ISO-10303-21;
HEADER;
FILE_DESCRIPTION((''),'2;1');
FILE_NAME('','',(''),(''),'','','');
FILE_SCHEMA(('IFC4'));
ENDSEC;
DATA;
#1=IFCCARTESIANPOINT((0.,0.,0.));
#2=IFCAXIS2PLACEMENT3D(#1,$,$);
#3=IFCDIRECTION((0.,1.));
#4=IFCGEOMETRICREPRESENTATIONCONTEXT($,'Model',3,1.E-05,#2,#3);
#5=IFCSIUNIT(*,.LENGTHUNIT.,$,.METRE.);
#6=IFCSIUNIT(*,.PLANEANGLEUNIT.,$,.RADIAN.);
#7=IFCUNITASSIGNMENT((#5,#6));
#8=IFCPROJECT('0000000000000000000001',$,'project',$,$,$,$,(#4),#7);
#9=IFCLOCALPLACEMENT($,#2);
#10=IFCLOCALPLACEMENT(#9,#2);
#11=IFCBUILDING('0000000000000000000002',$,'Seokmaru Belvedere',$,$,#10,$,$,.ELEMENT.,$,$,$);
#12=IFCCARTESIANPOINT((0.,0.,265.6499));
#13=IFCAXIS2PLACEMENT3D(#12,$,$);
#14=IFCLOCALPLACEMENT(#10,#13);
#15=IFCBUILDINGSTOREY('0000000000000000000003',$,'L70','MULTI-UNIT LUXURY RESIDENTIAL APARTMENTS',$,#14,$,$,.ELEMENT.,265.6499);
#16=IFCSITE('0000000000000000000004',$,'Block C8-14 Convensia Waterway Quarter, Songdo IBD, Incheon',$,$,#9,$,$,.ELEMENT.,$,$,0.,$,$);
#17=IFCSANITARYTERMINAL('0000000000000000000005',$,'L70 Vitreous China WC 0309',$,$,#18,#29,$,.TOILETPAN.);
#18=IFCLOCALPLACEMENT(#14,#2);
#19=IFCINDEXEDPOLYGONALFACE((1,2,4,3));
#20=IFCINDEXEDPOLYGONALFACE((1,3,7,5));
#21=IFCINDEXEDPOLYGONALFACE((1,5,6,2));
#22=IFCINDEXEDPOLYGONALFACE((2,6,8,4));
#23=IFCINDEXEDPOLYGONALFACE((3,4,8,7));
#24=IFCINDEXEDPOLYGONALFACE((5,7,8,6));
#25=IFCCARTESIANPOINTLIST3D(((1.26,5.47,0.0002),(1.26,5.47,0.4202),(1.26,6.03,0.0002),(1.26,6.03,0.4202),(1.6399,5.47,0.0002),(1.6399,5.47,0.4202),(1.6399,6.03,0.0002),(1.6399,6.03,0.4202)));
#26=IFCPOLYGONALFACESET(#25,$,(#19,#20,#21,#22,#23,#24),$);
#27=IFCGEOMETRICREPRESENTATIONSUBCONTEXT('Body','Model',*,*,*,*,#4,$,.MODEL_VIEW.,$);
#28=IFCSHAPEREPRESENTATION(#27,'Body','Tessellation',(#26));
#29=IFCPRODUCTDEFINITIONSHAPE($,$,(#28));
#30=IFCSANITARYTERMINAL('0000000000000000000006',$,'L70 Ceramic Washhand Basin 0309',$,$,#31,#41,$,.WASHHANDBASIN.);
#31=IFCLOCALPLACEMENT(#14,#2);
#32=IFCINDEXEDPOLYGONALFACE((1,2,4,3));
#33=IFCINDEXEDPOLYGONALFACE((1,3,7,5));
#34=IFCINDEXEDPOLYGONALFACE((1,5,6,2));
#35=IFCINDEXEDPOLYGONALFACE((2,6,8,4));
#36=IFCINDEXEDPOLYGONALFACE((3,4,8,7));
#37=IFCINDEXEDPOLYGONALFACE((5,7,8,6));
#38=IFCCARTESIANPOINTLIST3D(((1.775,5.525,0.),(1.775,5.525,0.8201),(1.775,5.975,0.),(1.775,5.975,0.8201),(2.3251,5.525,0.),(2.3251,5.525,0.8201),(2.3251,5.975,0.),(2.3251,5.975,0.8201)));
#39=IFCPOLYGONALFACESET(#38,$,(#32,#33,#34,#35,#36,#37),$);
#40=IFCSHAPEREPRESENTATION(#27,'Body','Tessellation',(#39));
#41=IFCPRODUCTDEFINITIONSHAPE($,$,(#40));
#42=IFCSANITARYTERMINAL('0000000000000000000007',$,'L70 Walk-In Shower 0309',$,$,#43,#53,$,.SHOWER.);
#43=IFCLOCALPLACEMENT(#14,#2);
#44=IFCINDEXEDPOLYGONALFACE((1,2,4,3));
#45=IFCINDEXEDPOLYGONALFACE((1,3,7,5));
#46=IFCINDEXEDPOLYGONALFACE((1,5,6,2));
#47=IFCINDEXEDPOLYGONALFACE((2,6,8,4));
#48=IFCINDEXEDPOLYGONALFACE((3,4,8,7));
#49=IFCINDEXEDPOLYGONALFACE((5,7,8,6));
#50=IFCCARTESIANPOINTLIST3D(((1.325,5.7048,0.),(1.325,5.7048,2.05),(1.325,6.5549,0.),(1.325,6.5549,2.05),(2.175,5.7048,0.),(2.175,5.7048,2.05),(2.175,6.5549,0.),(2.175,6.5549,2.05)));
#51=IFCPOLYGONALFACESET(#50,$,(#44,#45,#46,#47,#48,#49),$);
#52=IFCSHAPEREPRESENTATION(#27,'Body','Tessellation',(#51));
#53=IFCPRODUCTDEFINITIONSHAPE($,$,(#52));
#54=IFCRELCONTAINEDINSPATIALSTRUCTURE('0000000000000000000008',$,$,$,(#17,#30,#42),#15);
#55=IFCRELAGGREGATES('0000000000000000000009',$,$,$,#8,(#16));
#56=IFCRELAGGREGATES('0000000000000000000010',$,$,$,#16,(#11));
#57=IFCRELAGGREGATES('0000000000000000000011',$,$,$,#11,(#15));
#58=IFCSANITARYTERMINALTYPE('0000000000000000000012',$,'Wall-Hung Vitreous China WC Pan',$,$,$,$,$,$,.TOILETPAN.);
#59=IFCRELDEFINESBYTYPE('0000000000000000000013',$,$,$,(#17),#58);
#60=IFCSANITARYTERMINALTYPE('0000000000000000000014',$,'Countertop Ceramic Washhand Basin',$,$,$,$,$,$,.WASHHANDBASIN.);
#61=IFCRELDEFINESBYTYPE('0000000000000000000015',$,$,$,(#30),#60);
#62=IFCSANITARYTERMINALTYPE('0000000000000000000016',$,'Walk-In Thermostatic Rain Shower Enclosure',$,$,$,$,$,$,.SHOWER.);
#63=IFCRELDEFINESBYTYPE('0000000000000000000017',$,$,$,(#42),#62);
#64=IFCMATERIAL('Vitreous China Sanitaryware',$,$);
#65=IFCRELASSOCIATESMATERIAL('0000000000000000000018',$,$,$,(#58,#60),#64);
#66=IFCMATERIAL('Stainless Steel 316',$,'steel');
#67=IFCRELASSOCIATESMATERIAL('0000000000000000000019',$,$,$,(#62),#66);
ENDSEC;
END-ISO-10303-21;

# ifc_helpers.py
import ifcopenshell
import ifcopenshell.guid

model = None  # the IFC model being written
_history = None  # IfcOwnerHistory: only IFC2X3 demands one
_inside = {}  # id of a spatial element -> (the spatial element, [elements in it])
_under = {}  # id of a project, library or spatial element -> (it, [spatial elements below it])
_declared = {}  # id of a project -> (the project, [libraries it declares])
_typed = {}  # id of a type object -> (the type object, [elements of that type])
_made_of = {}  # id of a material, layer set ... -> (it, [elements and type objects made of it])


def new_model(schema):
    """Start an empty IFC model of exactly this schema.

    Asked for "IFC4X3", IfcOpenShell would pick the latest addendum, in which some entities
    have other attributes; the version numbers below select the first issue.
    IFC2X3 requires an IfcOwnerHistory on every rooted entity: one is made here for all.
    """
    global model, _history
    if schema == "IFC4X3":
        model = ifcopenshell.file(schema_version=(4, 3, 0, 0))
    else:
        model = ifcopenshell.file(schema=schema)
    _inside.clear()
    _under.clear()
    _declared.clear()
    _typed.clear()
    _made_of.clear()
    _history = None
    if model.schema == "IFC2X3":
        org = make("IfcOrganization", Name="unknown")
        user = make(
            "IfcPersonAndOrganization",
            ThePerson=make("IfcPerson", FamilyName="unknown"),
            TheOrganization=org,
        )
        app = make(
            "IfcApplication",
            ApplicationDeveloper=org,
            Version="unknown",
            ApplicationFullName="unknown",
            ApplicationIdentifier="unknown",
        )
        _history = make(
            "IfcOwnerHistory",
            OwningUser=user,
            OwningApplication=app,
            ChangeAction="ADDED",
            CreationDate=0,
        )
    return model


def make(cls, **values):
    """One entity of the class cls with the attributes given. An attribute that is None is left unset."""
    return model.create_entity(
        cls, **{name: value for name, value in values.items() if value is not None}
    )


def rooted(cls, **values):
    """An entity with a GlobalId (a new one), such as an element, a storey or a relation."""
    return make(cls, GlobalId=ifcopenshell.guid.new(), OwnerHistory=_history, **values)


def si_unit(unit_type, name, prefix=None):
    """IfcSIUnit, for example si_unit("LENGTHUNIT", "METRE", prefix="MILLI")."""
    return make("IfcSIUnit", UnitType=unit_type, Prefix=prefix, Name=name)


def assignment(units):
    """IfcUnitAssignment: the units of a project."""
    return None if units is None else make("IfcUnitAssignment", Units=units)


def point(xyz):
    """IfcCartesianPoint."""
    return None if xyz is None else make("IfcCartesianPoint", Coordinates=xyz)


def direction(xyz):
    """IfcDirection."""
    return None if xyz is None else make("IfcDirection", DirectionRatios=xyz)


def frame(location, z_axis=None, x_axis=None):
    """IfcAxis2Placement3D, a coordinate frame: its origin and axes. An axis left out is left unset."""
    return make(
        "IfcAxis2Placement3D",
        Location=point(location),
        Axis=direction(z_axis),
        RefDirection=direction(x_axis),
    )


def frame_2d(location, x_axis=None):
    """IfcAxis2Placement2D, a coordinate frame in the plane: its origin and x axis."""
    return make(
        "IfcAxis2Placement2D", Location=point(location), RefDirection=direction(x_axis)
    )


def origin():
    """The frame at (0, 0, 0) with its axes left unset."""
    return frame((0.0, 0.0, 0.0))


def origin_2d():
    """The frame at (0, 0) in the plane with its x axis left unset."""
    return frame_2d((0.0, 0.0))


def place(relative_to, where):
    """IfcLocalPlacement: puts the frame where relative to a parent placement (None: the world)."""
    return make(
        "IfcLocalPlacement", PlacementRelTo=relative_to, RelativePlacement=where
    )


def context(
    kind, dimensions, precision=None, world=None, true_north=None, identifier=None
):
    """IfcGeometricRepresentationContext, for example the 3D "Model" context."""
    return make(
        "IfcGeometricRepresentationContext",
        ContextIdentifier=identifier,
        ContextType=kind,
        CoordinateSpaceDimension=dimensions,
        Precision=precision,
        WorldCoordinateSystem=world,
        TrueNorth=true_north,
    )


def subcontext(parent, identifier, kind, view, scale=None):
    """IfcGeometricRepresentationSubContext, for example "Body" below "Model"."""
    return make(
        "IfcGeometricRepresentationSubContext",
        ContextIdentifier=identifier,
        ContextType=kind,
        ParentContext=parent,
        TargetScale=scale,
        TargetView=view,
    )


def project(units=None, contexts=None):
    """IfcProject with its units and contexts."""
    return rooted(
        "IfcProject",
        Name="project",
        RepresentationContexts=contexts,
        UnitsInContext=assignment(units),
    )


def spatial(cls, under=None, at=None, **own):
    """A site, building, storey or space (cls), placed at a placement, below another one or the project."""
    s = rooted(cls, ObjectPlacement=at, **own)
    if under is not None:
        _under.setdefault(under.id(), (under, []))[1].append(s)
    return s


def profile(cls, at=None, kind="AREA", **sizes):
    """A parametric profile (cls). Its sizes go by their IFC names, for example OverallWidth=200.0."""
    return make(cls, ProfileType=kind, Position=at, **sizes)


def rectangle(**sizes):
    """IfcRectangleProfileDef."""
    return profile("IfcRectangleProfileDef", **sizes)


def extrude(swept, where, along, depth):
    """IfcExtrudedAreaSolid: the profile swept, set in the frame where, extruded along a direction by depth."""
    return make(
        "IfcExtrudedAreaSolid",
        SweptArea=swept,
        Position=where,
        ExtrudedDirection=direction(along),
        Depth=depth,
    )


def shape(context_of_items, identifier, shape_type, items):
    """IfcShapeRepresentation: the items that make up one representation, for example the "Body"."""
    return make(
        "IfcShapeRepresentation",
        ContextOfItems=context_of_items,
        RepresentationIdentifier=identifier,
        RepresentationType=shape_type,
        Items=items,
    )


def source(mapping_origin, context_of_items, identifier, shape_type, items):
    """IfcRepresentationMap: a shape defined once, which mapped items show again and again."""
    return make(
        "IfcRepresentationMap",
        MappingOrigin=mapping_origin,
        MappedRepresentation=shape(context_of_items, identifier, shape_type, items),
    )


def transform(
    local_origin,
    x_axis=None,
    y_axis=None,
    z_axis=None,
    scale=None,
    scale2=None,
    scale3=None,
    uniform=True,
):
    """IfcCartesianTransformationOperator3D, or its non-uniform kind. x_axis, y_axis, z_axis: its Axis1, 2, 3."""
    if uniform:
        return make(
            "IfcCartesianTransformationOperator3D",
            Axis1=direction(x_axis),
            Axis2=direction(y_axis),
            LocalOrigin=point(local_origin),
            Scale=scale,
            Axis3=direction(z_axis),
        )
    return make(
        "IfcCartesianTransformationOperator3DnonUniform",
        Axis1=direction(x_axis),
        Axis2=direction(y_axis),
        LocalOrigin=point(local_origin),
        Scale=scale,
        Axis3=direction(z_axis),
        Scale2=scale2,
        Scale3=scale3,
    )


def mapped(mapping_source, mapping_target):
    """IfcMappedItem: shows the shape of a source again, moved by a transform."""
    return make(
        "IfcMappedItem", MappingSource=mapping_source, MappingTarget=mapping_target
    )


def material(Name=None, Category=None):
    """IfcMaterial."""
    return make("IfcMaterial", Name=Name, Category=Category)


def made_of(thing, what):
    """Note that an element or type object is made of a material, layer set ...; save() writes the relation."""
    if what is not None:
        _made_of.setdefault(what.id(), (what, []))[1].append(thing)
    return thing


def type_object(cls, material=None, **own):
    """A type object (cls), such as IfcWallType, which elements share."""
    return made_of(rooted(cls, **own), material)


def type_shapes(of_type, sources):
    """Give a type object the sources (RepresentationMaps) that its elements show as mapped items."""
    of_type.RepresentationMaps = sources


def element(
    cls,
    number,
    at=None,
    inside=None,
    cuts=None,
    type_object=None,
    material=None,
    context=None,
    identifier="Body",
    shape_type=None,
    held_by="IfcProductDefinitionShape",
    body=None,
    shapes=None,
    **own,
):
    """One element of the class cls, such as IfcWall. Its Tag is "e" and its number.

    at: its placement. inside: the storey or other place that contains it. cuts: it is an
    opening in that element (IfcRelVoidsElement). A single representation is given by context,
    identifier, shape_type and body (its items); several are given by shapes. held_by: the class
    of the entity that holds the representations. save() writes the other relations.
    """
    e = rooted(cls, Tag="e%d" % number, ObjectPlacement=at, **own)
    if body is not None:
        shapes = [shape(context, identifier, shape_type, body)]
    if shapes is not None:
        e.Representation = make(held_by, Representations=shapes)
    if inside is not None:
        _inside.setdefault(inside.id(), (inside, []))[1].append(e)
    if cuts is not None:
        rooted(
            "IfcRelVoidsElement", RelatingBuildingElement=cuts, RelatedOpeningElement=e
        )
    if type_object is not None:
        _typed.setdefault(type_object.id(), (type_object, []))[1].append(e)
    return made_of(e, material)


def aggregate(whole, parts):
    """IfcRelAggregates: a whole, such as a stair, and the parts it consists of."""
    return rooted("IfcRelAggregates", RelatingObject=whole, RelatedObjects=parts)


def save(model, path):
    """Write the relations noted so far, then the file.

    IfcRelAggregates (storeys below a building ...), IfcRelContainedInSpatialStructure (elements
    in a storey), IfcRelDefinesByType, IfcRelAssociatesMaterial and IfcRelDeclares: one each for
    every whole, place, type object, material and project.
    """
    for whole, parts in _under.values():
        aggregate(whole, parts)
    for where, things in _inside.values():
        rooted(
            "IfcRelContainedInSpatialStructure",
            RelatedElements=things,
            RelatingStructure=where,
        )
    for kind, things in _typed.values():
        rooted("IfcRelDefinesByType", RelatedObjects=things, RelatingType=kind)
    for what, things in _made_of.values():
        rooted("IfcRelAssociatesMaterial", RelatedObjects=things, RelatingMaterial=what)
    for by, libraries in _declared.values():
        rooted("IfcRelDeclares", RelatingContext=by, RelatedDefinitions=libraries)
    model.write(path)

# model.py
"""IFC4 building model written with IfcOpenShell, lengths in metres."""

from ifc_helpers import new_model, si_unit, direction, frame, origin, origin_2d, place, context, subcontext, project, spatial, rectangle, extrude, source, transform, mapped, material, type_object, type_shapes, element, save


model = new_model("IFC4")

# Units and contexts
model_context = context("Model", 3, precision=1e-05, world=origin(), true_north=direction((0.0, 1.0)))
body_context = subcontext(model_context, "Body", "Model", "MODEL_VIEW")
ifc_project = project(units=[si_unit("LENGTHUNIT", "METRE"), si_unit("PLANEANGLEUNIT", "RADIAN")], contexts=[model_context])

# Site, building, storey
site_placement = place(None, origin())
site = spatial("IfcSite", under=ifc_project, at=site_placement, Name="Block C8-14 Convensia Waterway Quarter, Songdo IBD, Incheon", CompositionType="ELEMENT", RefElevation=0.0)
building_placement = place(site_placement, origin())
building = spatial("IfcBuilding", under=site, at=building_placement, Name="Seokmaru Belvedere", CompositionType="ELEMENT")
storey_placement = place(building_placement, frame((0.0, 0.0, 265.6499)))
storey = spatial("IfcBuildingStorey", under=building, at=storey_placement, Name="L70", Description="MULTI-UNIT LUXURY RESIDENTIAL APARTMENTS", CompositionType="ELEMENT", Elevation=265.6499)

# Sanitary terminals
ifc_material_1 = material(Name="Vitreous China Sanitaryware")
sanitary_terminal_type_1 = type_object("IfcSanitaryTerminalType", Name="Wall-Hung Vitreous China WC Pan", PredefinedType="TOILETPAN", material=ifc_material_1)
shared_shape_1 = source(origin(), body_context, "Body", "SweptSolid", [
    extrude(rectangle(XDim=0.3799, YDim=0.5601, at=origin_2d()), origin(), (0.0, 0.0, 1.0), 0.4199),
])
type_shapes(sanitary_terminal_type_1, [shared_shape_1])
sanitary_terminal_1_placement = place(storey_placement, frame((1.45, 5.75, 0.0002), z_axis=(0.0, 0.0, 1.0), x_axis=(1.0, 0.0, 0.0)))
element("IfcSanitaryTerminal", 1, at=sanitary_terminal_1_placement, inside=storey, type_object=sanitary_terminal_type_1, Name="L70 Vitreous China WC 0309", PredefinedType="TOILETPAN", context=body_context, shape_type="MappedRepresentation", body=[
    mapped(shared_shape_1, transform((0.0, 0.0, 0.0), scale=1.0)),
])
sanitary_terminal_type_2 = type_object("IfcSanitaryTerminalType", Name="Countertop Ceramic Washhand Basin", PredefinedType="WASHHANDBASIN", material=ifc_material_1)
shared_shape_2 = source(origin(), body_context, "Body", "SweptSolid", [
    extrude(rectangle(XDim=0.55, YDim=0.45, at=origin_2d()), origin(), (0.0, 0.0, 1.0), 0.8201),
])
type_shapes(sanitary_terminal_type_2, [shared_shape_2])
sanitary_terminal_2_placement = place(storey_placement, frame((2.05, 5.75, 0.0), z_axis=(0.0, 0.0, 1.0), x_axis=(1.0, 0.0, 0.0)))
element("IfcSanitaryTerminal", 2, at=sanitary_terminal_2_placement, inside=storey, type_object=sanitary_terminal_type_2, Name="L70 Ceramic Washhand Basin 0309", PredefinedType="WASHHANDBASIN", context=body_context, shape_type="MappedRepresentation", body=[
    mapped(shared_shape_2, transform((0.0, 0.0, 0.0), scale=1.0)),
])
ifc_material_2 = material(Name="Stainless Steel 316", Category="steel")
sanitary_terminal_type_3 = type_object("IfcSanitaryTerminalType", Name="Walk-In Thermostatic Rain Shower Enclosure", PredefinedType="SHOWER", material=ifc_material_2)
shared_shape_3 = source(origin(), body_context, "Body", "SweptSolid", [
    extrude(rectangle(XDim=0.8501, YDim=0.8501, at=origin_2d()), origin(), (0.0, 0.0, 1.0), 2.05),
])
type_shapes(sanitary_terminal_type_3, [shared_shape_3])
sanitary_terminal_3_placement = place(storey_placement, frame((1.75, 6.1299, 0.0), z_axis=(0.0, 0.0, 1.0), x_axis=(1.0, 0.0, 0.0)))
element("IfcSanitaryTerminal", 3, at=sanitary_terminal_3_placement, inside=storey, type_object=sanitary_terminal_type_3, Name="L70 Walk-In Shower 0309", PredefinedType="SHOWER", context=body_context, shape_type="MappedRepresentation", body=[
    mapped(shared_shape_3, transform((0.0, 0.0, 0.0), scale=1.0)),
])

save(model, "model.ifc")
